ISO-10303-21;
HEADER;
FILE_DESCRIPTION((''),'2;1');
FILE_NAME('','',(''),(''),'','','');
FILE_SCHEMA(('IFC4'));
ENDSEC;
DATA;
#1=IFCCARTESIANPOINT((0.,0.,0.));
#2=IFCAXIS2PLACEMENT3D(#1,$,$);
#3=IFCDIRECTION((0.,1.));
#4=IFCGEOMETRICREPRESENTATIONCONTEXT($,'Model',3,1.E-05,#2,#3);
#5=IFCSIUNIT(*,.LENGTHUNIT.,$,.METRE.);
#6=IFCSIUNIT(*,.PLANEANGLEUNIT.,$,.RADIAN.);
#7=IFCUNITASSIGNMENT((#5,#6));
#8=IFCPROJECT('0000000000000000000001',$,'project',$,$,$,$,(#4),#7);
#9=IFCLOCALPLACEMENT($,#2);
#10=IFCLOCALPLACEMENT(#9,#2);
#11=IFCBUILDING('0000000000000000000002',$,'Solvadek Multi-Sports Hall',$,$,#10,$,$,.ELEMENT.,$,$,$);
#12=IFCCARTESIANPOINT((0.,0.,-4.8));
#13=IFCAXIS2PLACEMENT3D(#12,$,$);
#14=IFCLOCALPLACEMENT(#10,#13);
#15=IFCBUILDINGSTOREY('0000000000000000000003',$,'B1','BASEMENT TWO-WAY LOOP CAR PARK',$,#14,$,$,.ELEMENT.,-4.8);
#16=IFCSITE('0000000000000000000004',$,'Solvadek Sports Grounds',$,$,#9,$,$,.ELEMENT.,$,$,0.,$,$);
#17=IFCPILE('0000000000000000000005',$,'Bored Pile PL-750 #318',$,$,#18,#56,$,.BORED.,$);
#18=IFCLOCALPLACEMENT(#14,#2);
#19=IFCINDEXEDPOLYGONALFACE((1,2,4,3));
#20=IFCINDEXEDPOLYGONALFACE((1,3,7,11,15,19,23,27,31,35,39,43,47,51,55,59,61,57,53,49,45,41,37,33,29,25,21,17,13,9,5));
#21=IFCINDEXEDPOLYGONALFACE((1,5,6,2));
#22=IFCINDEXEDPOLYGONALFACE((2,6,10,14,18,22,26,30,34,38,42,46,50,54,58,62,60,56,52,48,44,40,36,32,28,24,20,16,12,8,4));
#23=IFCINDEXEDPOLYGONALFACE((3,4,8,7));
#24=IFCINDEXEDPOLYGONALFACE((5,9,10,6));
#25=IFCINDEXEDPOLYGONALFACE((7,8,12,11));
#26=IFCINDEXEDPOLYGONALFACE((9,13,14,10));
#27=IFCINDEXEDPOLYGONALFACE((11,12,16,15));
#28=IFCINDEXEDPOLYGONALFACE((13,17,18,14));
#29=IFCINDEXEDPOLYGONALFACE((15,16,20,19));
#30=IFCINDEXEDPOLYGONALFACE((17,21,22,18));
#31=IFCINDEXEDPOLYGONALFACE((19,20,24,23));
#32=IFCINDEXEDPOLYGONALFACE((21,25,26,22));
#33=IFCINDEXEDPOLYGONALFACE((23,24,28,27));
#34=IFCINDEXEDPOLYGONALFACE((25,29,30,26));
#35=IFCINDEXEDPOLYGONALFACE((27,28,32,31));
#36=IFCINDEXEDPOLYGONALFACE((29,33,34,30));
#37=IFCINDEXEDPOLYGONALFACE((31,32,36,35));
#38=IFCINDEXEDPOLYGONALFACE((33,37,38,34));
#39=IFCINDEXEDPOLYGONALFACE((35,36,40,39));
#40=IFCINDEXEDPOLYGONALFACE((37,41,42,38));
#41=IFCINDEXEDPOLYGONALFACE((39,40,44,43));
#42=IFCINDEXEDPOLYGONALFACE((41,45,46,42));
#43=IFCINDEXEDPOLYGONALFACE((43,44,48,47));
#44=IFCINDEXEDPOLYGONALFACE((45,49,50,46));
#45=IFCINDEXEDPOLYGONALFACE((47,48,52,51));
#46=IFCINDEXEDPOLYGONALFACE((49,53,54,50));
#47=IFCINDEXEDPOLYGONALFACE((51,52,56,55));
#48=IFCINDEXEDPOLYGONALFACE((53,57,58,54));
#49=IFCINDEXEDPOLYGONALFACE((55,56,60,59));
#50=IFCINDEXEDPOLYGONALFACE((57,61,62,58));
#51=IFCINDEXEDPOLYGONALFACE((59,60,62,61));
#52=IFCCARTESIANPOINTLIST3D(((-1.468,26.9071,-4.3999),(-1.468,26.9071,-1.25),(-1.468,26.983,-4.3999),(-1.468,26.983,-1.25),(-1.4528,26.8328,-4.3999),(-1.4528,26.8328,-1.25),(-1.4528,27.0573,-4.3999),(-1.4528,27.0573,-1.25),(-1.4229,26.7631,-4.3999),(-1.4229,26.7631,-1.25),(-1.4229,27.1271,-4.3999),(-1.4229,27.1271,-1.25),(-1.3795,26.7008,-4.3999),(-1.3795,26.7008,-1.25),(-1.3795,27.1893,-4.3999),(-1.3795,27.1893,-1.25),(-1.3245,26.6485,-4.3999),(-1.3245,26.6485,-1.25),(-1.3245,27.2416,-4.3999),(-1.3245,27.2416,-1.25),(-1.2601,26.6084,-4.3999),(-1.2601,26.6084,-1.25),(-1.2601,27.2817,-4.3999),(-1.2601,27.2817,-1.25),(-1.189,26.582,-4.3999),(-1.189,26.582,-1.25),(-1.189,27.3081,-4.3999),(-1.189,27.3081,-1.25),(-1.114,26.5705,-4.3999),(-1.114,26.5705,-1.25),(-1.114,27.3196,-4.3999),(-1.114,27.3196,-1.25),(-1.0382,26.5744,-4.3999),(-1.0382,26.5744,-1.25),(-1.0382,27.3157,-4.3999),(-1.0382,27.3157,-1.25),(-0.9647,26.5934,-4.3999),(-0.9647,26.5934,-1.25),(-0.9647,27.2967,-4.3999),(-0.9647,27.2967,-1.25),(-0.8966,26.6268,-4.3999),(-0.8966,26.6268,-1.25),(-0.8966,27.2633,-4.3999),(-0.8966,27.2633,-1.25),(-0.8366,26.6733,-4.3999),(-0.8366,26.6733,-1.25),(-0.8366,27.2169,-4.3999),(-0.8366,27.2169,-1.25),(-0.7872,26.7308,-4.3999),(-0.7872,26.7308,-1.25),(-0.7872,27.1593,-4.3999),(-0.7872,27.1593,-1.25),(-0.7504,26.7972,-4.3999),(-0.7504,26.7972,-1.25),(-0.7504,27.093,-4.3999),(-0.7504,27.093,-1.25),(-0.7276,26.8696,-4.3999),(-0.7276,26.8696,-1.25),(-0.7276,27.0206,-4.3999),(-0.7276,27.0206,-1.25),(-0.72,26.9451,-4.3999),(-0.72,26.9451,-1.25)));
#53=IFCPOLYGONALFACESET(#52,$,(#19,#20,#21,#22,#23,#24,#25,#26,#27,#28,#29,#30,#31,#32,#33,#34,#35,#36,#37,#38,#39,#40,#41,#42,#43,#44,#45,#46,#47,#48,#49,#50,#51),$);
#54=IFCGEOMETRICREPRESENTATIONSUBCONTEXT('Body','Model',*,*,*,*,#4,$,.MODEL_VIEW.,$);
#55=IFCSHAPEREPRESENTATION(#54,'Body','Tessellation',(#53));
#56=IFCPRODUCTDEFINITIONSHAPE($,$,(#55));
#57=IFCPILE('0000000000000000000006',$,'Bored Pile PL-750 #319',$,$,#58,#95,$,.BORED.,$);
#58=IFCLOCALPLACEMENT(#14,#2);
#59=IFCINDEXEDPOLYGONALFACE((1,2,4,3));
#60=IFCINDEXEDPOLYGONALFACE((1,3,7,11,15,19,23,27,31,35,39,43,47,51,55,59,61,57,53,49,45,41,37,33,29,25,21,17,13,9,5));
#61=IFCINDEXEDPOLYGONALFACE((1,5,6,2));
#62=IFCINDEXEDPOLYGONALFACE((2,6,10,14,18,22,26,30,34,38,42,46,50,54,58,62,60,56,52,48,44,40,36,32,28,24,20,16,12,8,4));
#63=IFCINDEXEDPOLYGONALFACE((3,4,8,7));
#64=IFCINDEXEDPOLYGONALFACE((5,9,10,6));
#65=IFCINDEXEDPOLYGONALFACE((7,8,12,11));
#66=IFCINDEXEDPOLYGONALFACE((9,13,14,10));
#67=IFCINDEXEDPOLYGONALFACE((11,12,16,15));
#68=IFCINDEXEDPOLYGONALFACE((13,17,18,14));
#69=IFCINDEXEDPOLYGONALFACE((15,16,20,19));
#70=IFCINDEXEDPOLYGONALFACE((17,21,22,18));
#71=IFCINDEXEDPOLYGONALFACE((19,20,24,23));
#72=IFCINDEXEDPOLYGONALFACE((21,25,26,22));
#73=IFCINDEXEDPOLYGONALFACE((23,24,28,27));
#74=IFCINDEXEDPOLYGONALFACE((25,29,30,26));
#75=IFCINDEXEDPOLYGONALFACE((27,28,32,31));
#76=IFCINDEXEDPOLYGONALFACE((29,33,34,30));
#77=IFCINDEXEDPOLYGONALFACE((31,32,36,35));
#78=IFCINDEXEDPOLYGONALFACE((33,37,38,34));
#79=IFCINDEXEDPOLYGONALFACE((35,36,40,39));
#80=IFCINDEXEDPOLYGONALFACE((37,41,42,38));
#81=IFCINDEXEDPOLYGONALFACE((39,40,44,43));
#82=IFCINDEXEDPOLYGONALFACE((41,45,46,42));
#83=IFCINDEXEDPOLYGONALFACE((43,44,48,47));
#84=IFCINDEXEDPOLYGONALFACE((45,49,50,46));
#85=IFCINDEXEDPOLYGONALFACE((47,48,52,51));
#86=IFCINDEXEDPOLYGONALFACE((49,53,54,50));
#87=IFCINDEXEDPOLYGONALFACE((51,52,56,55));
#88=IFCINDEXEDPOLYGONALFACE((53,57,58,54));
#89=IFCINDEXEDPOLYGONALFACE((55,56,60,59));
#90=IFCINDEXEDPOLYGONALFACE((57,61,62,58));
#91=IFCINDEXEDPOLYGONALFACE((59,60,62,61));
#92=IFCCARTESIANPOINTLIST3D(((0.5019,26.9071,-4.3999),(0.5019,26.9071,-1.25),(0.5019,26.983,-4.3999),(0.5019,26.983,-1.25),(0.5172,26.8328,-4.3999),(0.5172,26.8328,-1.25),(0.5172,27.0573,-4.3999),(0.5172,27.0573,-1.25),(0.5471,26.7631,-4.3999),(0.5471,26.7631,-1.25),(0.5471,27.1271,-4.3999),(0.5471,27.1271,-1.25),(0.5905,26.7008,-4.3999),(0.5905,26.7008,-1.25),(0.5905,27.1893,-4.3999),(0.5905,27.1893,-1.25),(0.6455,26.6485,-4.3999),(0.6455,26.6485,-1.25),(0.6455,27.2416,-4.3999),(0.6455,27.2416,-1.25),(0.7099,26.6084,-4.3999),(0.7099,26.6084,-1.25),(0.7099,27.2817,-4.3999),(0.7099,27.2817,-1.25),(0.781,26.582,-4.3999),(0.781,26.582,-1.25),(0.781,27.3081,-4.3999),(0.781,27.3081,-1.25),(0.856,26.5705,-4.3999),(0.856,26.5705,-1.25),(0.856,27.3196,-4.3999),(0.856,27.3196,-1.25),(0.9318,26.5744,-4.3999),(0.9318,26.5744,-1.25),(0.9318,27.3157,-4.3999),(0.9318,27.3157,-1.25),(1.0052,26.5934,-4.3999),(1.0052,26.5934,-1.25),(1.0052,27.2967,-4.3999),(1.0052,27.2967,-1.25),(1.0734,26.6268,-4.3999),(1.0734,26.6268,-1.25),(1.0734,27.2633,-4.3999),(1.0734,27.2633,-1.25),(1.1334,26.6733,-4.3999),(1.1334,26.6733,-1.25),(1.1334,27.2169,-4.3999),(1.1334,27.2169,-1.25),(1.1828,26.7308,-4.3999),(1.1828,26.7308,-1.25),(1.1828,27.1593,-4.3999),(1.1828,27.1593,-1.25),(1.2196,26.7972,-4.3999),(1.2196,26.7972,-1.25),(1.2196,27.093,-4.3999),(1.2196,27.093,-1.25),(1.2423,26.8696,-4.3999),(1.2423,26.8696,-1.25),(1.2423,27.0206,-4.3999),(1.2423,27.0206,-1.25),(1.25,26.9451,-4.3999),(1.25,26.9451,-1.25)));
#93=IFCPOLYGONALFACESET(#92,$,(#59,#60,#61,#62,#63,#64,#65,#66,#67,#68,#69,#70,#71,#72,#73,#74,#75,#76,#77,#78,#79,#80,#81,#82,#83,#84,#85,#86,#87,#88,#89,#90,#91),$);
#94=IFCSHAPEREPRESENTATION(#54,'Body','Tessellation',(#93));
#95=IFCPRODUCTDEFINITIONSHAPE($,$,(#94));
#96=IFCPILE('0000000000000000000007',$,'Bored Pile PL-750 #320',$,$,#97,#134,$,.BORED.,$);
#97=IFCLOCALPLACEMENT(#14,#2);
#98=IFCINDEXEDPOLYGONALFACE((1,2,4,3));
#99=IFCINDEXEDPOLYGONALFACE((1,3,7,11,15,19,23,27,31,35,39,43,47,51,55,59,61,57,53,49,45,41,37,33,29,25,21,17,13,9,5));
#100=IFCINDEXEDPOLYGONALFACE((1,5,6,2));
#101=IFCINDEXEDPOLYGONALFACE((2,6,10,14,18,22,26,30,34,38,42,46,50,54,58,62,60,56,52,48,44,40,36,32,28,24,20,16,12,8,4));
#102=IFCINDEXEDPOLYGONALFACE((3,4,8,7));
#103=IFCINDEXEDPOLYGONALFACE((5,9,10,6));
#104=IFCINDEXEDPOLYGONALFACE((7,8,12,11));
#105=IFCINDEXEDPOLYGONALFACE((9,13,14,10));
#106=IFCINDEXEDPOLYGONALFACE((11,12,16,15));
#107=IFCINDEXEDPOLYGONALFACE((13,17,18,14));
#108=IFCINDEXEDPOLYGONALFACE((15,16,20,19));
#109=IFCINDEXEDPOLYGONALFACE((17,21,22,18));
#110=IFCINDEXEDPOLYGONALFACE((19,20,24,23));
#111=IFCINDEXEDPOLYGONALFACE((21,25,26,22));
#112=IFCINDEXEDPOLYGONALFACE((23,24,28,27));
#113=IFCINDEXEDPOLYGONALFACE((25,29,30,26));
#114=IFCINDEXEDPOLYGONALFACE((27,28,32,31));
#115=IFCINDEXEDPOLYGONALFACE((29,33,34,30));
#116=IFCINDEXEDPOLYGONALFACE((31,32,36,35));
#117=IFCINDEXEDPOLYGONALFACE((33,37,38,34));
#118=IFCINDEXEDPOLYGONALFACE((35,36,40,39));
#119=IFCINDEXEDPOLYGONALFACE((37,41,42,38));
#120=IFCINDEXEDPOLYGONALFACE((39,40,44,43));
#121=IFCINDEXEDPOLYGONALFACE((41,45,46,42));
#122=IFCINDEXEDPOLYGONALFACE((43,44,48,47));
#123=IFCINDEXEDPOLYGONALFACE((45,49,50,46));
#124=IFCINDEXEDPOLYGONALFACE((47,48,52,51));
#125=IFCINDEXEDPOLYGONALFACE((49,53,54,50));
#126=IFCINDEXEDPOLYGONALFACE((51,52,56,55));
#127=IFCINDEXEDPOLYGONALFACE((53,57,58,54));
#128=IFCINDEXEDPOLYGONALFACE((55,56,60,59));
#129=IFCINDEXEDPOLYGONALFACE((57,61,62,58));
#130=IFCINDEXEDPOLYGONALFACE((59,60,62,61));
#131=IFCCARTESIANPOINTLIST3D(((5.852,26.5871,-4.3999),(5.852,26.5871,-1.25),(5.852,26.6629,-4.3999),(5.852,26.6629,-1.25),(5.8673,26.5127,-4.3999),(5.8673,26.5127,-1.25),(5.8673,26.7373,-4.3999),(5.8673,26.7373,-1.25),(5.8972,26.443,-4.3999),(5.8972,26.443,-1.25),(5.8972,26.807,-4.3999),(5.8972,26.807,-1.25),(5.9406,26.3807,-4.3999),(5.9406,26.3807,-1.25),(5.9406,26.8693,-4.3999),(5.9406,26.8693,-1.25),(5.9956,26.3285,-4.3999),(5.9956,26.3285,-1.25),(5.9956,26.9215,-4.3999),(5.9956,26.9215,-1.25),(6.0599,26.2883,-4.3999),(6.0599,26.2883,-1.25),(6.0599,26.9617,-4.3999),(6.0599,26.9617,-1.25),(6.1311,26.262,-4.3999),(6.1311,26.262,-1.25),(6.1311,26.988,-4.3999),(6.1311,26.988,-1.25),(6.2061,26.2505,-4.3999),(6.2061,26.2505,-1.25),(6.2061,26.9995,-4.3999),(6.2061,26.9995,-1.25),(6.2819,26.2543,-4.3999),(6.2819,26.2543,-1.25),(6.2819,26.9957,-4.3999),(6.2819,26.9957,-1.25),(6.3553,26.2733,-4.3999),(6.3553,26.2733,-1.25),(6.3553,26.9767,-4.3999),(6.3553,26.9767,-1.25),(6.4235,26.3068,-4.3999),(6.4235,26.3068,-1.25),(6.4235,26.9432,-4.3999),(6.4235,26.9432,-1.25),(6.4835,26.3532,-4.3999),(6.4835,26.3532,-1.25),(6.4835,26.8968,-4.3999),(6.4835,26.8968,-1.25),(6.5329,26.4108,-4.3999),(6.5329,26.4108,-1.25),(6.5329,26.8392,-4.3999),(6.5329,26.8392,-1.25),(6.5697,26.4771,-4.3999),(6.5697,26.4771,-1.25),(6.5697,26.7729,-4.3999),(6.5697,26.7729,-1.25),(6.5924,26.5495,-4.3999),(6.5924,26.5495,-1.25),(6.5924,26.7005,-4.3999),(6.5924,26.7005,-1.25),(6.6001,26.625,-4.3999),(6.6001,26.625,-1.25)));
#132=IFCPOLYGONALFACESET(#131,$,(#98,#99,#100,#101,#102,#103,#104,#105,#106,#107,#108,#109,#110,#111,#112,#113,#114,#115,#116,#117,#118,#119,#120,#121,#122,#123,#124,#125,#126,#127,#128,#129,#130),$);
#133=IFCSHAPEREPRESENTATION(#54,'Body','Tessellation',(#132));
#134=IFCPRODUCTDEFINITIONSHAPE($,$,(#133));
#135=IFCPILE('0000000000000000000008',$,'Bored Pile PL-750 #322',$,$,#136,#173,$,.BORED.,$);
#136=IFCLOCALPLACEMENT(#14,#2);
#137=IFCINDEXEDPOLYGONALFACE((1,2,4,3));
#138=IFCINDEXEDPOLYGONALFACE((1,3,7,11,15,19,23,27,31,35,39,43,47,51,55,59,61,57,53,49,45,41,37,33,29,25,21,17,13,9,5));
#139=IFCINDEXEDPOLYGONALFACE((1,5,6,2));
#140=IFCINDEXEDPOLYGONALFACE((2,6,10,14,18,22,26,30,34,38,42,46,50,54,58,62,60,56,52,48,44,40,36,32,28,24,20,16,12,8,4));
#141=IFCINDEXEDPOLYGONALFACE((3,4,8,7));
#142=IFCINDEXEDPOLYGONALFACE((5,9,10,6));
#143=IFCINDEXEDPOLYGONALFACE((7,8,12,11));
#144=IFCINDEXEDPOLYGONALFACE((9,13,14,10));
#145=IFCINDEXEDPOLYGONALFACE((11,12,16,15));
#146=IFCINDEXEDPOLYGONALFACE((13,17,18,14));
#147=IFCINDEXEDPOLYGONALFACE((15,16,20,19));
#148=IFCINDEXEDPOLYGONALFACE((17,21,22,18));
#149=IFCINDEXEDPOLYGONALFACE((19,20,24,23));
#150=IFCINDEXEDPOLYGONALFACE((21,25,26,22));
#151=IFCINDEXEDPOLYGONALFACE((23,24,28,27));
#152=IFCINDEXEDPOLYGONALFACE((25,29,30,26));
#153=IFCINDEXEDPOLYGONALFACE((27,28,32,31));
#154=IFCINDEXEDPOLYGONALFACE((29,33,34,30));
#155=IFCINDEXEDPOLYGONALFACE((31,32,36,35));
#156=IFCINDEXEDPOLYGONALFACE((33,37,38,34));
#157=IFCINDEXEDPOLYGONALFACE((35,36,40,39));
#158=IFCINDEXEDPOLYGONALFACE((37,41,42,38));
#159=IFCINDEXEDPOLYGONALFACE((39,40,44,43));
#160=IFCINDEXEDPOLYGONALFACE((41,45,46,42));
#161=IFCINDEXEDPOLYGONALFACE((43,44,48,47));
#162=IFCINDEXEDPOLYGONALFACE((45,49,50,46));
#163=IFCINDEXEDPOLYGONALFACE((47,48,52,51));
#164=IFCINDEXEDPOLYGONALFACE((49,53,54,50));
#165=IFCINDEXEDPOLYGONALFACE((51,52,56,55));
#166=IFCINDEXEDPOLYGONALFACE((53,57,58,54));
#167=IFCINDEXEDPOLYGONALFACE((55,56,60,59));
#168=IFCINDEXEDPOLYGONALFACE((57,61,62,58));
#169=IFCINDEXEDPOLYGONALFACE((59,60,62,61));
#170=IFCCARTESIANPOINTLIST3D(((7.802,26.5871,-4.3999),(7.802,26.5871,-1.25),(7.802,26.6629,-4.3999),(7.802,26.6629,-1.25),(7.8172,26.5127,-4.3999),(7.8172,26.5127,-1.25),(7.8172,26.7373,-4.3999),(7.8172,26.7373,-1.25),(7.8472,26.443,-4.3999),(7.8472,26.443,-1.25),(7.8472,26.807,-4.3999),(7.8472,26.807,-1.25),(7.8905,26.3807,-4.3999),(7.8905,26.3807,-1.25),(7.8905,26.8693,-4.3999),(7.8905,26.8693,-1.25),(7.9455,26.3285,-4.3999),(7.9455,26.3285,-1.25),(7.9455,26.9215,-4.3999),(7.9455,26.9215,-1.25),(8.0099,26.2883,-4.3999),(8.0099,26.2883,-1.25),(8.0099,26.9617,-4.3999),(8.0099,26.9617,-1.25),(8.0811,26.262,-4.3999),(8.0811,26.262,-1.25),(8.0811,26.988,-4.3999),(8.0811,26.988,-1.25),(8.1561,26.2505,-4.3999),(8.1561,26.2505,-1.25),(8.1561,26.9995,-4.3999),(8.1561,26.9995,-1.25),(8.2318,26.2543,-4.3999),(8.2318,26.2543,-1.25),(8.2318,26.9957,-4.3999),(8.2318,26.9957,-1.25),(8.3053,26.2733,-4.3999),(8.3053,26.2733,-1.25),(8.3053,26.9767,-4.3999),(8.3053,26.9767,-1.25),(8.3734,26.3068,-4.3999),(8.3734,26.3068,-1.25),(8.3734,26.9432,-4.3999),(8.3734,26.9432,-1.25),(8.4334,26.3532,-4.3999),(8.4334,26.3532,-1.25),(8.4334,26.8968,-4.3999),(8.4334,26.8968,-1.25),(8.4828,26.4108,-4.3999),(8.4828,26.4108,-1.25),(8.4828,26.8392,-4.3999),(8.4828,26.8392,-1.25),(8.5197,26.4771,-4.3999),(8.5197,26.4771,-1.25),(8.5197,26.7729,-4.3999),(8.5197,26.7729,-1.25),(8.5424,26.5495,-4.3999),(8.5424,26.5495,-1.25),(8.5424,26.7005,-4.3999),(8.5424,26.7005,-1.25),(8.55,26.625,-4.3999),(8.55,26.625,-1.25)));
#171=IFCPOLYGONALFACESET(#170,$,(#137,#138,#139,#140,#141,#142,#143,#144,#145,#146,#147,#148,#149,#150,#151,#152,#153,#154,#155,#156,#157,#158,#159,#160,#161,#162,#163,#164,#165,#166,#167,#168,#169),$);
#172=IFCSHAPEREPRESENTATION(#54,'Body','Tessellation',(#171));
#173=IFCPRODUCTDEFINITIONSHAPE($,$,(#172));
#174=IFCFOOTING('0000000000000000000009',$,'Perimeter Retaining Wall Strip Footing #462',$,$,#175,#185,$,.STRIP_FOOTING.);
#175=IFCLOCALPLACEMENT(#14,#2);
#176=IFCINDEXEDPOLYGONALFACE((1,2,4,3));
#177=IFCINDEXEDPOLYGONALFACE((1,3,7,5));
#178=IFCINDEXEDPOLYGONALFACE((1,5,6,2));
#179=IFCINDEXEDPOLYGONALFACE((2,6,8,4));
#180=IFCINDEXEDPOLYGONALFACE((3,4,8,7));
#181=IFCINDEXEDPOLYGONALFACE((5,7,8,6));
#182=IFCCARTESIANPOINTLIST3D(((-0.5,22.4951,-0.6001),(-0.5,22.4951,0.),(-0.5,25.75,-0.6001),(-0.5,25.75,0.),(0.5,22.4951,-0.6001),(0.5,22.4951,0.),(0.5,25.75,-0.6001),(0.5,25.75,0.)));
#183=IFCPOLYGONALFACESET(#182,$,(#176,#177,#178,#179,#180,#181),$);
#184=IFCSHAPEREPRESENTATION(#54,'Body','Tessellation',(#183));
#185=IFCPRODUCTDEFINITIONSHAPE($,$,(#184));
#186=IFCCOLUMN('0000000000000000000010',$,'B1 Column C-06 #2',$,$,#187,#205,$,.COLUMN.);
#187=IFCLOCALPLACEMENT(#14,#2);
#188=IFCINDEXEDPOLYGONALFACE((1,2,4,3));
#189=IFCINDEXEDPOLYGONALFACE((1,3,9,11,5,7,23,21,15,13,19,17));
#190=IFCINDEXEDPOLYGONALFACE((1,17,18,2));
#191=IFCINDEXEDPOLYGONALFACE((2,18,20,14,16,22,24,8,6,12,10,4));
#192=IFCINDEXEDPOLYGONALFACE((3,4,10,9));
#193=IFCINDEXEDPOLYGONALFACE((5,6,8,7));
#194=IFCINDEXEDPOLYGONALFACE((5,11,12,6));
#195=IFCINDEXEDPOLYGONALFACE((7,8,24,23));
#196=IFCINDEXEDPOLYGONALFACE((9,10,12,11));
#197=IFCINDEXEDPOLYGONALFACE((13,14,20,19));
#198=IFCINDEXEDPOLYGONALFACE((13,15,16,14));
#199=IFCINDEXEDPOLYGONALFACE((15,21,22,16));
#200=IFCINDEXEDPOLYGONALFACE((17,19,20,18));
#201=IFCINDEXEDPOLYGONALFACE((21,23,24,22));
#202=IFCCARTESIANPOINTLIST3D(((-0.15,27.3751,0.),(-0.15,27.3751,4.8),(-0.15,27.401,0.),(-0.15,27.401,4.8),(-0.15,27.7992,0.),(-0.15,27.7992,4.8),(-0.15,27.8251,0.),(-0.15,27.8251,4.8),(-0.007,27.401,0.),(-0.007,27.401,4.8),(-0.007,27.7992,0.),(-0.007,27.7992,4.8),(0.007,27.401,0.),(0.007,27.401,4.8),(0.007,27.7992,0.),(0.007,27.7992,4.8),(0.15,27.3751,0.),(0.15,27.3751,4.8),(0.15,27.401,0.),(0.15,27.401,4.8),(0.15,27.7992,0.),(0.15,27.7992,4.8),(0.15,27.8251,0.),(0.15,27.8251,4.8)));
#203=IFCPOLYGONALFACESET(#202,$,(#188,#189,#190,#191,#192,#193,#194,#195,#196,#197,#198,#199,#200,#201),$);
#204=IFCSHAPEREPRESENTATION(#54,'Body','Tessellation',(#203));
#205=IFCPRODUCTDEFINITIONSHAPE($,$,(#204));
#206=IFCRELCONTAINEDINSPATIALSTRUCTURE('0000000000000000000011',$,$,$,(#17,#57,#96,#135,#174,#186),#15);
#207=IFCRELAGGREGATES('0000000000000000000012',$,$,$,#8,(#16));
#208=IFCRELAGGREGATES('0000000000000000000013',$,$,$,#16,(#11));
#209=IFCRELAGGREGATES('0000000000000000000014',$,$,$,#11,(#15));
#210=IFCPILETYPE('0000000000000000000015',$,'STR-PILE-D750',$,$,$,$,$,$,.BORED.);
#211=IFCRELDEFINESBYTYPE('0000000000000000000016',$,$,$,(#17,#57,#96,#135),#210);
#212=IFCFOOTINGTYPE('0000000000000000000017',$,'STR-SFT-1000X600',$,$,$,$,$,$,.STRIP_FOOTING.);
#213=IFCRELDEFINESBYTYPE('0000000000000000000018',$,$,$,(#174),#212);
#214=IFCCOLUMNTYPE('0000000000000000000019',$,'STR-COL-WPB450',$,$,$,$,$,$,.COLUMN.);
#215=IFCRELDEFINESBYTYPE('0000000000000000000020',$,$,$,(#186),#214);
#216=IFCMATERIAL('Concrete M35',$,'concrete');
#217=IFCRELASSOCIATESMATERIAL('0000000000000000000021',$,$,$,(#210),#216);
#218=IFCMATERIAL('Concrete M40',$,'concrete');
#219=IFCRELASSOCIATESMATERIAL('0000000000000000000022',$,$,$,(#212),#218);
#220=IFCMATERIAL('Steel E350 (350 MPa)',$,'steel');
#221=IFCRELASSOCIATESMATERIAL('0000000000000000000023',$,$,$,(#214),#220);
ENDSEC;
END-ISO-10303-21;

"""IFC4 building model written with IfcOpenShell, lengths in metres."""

from ifc_helpers import new_model, si_unit, direction, frame, origin, origin_2d, place, context, subcontext, project, spatial, rectangle, circle, i_section, extrude, material, material_profile, profile_set, type_object, element, save


model = new_model("IFC4")

# Units and contexts
model_context = context("Model", 3, precision=1e-05, world=origin(), true_north=direction((0.0, 1.0)))
body_context = subcontext(model_context, "Body", "Model", "MODEL_VIEW")
ifc_project = project(units=[si_unit("LENGTHUNIT", "METRE"), si_unit("PLANEANGLEUNIT", "RADIAN")], contexts=[model_context])

# Site, building, storey
site_placement = place(None, origin())
site = spatial("IfcSite", under=ifc_project, at=site_placement, Name="Solvadek Sports Grounds", CompositionType="ELEMENT", RefElevation=0.0)
building_placement = place(site_placement, origin())
building = spatial("IfcBuilding", under=site, at=building_placement, Name="Solvadek Multi-Sports Hall", CompositionType="ELEMENT")
storey_placement = place(building_placement, frame((0.0, 0.0, -4.8)))
storey = spatial("IfcBuildingStorey", under=building, at=storey_placement, Name="B1", Description="BASEMENT TWO-WAY LOOP CAR PARK", CompositionType="ELEMENT", Elevation=-4.8)

# Shared definitions
ifc_material_1 = material(Name="Concrete M40", Category="concrete")

# Piles
ifc_material_2 = material(Name="Concrete M35", Category="concrete")
ifc_material_profile_1 = material_profile(ifc_material_2, circle(Radius=0.375, at=origin_2d()), Name="BORED PILE D750")
ifc_profile_set_1 = profile_set([ifc_material_profile_1], Name="Concrete M35")
pile_type = type_object("IfcPileType", Name="STR-PILE-D750", PredefinedType="BORED", material=ifc_profile_set_1)
for number, where, z_axis, x_axis, name in (
    (1, (-1.095, 26.9451, -1.25), (0.0, 0.0, -1.0), (1.0, 0.0, 0.0), "Bored Pile PL-750 #318"),
    (2, (0.875, 26.9451, -1.25), (0.0, 0.0, -1.0), (1.0, 0.0, 0.0), "Bored Pile PL-750 #319"),
    (3, (6.2251, 26.625, -1.25), (0.0, 0.0, -1.0), (1.0, 0.0, 0.0), "Bored Pile PL-750 #320"),
    (4, (8.175, 26.625, -1.25), (0.0, 0.0, -1.0), (1.0, 0.0, 0.0), "Bored Pile PL-750 #322"),
):
    element("IfcPile", number, at=place(storey_placement, frame(where, z_axis=z_axis, x_axis=x_axis)), inside=storey, type_object=pile_type, Name=name, PredefinedType="BORED", context=body_context, shape_type="SweptSolid", body=[
        extrude(circle(Radius=0.375, at=origin_2d()), origin(), (0.0, 0.0, 1.0), 3.1499),
    ])

# Footing
footing_type_1 = type_object("IfcFootingType", Name="STR-SFT-1000X600", PredefinedType="STRIP_FOOTING", material=ifc_material_1)
footing_1_placement = place(storey_placement, frame((0.0, 24.1226, -0.6001), z_axis=(0.0, 0.0, 1.0), x_axis=(0.0, -1.0, 0.0)))
element("IfcFooting", 5, at=footing_1_placement, inside=storey, type_object=footing_type_1, Name="Perimeter Retaining Wall Strip Footing #462", PredefinedType="STRIP_FOOTING", context=body_context, shape_type="SweptSolid", body=[
    extrude(rectangle(XDim=3.2549, YDim=1.0, at=origin_2d()), origin(), (0.0, 0.0, 1.0), 0.6001),
])

# Column
ifc_material_3 = material(Name="Steel E350 (350 MPa)", Category="steel")
ifc_material_profile_2 = material_profile(ifc_material_3, i_section(OverallWidth=0.3, OverallDepth=0.45, WebThickness=0.0139, FlangeThickness=0.0259, at=origin_2d()), Name="WPB 450")
ifc_profile_set_2 = profile_set([ifc_material_profile_2], Name="Steel E350 (350 MPa)")
column_type_1 = type_object("IfcColumnType", Name="STR-COL-WPB450", PredefinedType="COLUMN", material=ifc_profile_set_2)
for number, where, z_axis, x_axis, name in (
    (6, (0.0, 27.6001, 0.0), (0.0, 0.0, 1.0), (1.0, 0.0, 0.0), "B1 Column C-06 #2"),
):
    element("IfcColumn", number, at=place(storey_placement, frame(where, z_axis=z_axis, x_axis=x_axis)), inside=storey, type_object=column_type_1, Name=name, PredefinedType="COLUMN", context=body_context, shape_type="SweptSolid", body=[
        extrude(i_section(OverallWidth=0.3, OverallDepth=0.45, WebThickness=0.0139, FlangeThickness=0.0259, at=origin_2d()), origin(), (0.0, 0.0, 1.0), 4.8),
    ])

save(model, "model.ifc")
